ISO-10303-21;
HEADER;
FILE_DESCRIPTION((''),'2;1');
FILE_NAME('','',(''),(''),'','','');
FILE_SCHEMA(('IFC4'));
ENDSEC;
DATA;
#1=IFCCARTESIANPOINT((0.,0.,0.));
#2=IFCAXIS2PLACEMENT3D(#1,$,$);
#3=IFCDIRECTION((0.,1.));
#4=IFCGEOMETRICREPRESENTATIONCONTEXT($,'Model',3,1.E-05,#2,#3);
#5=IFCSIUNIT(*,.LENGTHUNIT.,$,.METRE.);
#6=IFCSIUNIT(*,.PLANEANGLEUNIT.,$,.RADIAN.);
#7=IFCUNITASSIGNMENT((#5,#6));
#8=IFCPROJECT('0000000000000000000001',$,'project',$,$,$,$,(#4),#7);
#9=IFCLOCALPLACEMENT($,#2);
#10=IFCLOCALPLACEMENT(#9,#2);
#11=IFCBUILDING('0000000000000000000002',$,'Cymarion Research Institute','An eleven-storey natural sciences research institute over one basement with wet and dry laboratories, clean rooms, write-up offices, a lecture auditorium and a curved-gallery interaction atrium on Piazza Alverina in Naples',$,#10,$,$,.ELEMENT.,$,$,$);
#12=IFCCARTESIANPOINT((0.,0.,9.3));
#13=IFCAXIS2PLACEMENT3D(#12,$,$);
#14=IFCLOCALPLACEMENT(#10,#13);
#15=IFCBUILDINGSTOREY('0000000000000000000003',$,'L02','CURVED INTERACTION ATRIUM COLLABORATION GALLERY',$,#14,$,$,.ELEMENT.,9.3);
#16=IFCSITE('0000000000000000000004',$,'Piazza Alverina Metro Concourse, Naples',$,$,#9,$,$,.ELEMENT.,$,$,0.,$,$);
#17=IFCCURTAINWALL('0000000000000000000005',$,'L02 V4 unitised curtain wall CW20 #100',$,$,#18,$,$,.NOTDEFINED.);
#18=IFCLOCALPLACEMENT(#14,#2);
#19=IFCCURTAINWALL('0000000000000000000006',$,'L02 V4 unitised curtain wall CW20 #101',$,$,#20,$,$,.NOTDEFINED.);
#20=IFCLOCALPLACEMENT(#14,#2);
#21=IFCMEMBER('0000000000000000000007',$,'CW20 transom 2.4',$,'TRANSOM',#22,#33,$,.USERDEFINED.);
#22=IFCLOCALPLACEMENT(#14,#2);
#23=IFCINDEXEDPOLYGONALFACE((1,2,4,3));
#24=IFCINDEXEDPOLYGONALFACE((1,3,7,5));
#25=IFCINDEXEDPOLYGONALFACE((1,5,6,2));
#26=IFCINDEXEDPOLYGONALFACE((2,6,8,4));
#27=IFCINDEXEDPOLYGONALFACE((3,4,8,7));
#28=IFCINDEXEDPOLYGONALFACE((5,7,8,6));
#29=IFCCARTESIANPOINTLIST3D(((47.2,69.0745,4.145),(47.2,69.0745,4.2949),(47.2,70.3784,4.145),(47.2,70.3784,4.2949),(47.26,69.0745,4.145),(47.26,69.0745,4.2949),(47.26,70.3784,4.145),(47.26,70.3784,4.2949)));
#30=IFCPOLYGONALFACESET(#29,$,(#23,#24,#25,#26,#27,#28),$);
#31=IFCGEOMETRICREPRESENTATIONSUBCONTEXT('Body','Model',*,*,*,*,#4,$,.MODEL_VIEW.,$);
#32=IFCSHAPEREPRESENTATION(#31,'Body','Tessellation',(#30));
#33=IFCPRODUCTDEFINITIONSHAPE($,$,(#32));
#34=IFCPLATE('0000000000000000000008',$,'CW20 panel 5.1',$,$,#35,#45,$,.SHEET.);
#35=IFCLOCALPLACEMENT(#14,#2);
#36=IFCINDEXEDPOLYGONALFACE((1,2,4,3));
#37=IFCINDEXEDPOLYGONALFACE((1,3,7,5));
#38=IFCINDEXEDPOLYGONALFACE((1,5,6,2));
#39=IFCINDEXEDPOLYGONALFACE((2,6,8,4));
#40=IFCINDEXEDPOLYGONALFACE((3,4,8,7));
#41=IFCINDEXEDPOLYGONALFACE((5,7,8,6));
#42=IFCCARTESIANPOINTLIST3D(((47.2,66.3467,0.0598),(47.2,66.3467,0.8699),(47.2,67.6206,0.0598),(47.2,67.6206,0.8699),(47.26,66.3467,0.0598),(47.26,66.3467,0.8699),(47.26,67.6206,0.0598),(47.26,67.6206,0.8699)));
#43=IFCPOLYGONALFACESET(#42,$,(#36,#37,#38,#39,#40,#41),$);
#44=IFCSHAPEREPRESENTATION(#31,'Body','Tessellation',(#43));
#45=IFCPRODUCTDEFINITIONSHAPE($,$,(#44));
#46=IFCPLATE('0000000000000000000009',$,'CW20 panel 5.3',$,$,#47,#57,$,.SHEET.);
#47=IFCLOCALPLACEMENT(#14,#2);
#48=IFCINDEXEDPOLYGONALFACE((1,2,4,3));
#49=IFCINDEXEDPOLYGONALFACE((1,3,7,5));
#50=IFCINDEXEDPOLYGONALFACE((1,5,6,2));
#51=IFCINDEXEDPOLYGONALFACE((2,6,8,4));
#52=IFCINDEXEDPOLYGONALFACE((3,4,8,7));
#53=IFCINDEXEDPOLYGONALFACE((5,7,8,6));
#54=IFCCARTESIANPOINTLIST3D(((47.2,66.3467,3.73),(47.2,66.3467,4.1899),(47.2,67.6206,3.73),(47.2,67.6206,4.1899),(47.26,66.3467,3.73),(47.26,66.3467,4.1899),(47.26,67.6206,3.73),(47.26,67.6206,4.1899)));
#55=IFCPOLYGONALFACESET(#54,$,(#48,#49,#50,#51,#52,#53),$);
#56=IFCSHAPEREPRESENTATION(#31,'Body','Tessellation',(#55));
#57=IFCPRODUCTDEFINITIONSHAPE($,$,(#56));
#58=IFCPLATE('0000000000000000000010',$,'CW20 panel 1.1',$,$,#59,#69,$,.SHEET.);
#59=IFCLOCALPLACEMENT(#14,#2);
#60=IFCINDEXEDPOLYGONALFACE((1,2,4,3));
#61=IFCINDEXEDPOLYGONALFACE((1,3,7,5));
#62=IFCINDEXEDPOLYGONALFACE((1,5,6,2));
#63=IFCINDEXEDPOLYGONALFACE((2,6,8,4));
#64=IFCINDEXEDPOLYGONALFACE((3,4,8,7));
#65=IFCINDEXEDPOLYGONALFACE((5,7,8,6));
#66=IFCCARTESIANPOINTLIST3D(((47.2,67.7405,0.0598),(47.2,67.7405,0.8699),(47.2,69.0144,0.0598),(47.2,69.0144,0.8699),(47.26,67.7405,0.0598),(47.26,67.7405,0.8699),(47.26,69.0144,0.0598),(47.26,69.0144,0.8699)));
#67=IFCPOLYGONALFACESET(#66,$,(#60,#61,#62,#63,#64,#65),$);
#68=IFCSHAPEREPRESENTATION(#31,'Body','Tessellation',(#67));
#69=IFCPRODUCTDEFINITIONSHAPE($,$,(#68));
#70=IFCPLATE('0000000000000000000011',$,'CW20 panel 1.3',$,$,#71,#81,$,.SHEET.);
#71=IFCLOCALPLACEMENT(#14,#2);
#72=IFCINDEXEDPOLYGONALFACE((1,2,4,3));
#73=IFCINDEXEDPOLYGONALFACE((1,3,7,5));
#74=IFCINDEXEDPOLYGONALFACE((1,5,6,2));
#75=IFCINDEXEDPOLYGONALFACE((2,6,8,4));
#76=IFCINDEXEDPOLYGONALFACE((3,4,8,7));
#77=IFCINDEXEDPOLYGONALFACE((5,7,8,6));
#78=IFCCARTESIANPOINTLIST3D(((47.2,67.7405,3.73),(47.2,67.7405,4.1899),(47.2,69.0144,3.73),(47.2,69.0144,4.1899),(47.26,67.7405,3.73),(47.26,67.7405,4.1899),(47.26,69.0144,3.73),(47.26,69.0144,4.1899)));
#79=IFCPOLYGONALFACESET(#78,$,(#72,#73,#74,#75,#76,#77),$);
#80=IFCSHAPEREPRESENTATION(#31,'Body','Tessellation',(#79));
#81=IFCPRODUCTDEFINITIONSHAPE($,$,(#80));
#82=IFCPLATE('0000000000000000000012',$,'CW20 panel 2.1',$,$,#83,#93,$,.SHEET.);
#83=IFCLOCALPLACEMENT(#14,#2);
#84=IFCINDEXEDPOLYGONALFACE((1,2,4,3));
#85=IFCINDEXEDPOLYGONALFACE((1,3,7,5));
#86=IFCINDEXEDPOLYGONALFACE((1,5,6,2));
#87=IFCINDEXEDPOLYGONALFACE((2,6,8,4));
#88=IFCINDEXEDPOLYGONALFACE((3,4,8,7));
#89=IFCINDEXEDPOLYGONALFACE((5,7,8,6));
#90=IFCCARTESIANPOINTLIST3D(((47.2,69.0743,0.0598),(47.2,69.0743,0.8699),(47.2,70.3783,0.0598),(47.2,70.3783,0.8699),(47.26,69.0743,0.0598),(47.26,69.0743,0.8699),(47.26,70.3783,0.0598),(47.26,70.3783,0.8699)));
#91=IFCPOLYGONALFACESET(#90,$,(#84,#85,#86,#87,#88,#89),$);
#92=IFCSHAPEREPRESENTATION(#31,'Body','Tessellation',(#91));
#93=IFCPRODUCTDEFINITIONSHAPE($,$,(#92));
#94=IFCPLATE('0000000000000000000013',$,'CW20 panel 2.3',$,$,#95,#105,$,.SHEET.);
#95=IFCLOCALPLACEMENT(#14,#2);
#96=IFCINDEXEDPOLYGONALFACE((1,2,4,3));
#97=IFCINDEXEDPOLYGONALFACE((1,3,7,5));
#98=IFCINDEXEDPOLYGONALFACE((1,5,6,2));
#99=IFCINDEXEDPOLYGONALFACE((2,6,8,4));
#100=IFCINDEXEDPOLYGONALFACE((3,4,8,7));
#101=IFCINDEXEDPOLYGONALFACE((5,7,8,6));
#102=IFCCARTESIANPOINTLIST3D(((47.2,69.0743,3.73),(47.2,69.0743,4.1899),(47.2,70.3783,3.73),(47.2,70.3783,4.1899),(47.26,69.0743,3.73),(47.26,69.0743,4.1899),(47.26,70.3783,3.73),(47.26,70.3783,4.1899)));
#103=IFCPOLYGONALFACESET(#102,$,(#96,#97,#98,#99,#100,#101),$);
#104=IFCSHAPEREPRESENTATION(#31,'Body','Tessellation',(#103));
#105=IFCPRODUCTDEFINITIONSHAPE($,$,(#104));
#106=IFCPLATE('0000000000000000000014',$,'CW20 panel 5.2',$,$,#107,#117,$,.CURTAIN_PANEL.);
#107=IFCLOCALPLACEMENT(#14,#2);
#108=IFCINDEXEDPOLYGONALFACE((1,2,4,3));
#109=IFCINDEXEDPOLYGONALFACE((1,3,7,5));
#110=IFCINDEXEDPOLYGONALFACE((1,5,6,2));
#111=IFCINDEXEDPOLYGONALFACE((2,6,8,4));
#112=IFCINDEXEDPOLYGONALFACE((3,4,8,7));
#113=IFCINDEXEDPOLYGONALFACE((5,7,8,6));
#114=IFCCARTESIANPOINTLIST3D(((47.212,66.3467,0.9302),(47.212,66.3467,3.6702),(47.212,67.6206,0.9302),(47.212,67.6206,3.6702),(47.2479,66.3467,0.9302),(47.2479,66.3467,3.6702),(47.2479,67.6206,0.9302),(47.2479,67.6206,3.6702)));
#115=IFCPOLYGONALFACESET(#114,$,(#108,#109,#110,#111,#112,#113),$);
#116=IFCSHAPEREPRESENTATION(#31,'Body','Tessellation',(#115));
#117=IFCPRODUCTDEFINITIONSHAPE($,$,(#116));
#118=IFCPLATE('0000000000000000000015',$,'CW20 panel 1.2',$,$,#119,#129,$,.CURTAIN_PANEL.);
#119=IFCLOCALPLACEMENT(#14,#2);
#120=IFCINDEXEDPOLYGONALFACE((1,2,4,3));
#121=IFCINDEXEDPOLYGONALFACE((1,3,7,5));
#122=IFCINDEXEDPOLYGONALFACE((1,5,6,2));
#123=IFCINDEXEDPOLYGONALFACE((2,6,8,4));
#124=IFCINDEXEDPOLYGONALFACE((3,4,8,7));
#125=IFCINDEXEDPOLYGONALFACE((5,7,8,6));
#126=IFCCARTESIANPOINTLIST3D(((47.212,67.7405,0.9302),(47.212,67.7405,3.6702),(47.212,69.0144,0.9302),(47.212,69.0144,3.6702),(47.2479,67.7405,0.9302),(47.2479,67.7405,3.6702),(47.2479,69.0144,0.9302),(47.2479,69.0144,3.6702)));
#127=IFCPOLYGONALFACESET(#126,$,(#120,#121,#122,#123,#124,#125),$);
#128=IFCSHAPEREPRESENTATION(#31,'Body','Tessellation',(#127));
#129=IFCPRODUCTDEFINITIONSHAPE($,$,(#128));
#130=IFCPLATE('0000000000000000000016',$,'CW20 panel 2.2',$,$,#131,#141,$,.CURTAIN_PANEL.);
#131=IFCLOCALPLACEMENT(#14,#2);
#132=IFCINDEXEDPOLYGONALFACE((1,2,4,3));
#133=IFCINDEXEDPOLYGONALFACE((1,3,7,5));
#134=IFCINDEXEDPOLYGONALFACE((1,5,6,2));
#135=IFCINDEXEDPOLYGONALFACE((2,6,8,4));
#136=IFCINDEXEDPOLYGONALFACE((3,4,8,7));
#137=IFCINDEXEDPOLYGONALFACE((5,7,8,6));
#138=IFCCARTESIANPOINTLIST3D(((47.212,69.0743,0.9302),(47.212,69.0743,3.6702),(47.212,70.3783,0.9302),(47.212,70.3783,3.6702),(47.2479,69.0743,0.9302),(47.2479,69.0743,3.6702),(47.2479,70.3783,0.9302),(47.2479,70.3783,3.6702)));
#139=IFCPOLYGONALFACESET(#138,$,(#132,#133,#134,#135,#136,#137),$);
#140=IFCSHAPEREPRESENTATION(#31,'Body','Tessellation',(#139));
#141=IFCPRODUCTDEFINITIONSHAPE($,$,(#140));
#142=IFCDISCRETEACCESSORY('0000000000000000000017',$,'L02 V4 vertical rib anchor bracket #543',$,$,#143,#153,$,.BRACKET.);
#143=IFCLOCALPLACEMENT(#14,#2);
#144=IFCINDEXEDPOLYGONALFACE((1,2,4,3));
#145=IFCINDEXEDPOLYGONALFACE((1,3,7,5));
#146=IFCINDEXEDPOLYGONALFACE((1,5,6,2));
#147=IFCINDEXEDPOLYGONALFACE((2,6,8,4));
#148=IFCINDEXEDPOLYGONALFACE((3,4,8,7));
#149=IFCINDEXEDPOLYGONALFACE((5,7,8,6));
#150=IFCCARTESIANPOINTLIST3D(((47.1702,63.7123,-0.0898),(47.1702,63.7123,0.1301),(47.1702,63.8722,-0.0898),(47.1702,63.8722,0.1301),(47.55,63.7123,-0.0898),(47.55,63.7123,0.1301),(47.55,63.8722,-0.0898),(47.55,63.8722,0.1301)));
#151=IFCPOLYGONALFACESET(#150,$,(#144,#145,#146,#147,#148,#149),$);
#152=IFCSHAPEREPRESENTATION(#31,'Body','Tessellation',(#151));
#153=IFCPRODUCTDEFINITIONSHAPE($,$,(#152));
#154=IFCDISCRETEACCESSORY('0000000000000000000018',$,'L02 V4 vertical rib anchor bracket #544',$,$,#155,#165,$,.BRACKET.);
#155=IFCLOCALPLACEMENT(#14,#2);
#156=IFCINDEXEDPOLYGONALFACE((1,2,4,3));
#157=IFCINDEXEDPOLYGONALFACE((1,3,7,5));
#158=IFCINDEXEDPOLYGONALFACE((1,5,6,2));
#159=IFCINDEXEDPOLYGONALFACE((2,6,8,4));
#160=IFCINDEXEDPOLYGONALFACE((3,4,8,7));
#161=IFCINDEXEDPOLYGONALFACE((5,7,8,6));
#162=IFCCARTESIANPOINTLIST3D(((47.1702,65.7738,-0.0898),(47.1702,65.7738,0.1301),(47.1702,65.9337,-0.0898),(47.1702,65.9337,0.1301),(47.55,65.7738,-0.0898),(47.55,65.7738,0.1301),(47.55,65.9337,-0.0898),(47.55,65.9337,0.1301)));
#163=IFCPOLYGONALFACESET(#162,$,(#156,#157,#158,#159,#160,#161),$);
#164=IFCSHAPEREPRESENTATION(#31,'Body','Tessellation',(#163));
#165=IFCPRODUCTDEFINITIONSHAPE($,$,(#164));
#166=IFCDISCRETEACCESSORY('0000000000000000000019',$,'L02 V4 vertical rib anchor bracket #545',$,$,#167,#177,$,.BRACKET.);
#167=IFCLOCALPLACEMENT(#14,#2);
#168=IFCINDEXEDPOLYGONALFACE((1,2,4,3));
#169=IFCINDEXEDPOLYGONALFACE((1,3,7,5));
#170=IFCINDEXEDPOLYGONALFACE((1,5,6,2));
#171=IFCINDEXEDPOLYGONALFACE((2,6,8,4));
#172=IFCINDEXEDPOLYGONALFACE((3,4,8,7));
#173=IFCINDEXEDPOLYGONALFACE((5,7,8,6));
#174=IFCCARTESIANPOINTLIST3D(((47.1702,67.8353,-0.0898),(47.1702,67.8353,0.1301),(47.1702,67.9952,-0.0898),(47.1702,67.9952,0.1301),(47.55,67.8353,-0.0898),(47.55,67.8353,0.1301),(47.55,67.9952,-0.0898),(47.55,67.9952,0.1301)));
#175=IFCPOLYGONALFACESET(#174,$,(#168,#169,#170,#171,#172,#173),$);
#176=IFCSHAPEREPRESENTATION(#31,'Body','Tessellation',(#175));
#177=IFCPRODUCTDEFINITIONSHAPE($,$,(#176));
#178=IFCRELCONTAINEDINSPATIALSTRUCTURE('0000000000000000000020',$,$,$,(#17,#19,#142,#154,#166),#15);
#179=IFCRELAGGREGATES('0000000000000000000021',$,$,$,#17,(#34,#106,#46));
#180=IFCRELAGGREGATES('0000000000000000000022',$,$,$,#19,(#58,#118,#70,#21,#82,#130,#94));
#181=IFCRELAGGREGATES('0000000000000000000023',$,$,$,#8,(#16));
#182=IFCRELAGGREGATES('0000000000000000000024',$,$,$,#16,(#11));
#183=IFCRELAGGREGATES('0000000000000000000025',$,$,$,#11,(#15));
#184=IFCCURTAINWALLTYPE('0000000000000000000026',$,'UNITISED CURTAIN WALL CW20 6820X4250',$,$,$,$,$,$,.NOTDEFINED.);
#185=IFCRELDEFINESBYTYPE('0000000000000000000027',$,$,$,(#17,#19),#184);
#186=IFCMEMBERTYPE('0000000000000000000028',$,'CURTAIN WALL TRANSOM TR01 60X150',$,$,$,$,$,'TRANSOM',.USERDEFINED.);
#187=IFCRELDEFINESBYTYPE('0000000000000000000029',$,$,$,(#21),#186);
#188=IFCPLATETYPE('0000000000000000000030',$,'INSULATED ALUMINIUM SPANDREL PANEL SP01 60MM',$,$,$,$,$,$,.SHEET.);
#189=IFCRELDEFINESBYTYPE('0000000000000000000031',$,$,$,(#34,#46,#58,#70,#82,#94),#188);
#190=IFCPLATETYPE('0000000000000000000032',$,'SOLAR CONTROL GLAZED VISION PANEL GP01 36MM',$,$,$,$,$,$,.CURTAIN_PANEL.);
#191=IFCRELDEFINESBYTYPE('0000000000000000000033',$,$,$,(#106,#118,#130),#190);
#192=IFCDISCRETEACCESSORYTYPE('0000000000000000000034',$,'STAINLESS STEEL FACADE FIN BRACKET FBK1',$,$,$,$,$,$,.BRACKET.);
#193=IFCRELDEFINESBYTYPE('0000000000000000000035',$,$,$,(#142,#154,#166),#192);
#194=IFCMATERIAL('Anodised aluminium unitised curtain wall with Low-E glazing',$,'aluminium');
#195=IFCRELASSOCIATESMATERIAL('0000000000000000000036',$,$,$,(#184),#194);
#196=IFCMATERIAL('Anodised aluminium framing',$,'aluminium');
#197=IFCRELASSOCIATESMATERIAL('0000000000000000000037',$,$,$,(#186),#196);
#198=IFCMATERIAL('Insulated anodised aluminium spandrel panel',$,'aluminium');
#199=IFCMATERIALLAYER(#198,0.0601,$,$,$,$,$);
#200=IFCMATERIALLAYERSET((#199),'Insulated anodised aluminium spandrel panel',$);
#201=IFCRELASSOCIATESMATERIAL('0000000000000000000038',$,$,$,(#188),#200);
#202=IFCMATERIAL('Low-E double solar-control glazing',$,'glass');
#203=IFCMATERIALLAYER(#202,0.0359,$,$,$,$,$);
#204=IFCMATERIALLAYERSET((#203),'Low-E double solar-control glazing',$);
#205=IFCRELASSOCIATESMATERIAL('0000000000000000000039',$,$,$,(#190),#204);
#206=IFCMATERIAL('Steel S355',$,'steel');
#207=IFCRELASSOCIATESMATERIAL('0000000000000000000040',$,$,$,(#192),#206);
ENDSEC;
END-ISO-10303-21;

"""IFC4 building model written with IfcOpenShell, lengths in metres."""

from ifc_helpers import new_model, si_unit, direction, frame, origin, origin_2d, place, context, subcontext, project, spatial, rectangle, extrude, material, layer, layer_set, material_profile, profile_set, type_object, element, aggregate, save


model = new_model("IFC4")

# Units and contexts
model_context = context("Model", 3, precision=1e-05, world=origin(), true_north=direction((0.0, 1.0)))
body_context = subcontext(model_context, "Body", "Model", "MODEL_VIEW")
ifc_project = project(units=[si_unit("LENGTHUNIT", "METRE"), si_unit("PLANEANGLEUNIT", "RADIAN")], contexts=[model_context])

# Site, building, storey
site_placement = place(None, origin())
site = spatial("IfcSite", under=ifc_project, at=site_placement, Name="Piazza Alverina Metro Concourse, Naples", CompositionType="ELEMENT", RefElevation=0.0)
building_placement = place(site_placement, origin())
building = spatial("IfcBuilding", under=site, at=building_placement, Name="Cymarion Research Institute", Description="An eleven-storey natural sciences research institute over one basement with wet and dry laboratories, clean rooms, write-up offices, a lecture auditorium and a curved-gallery interaction atrium on Piazza Alverina in Naples", CompositionType="ELEMENT")
storey_placement = place(building_placement, frame((0.0, 0.0, 9.3)))
storey = spatial("IfcBuildingStorey", under=building, at=storey_placement, Name="L02", Description="CURVED INTERACTION ATRIUM COLLABORATION GALLERY", CompositionType="ELEMENT", Elevation=9.3)

# Curtain walls
ifc_material_1 = material(Name="Anodised aluminium unitised curtain wall with Low-E glazing", Category="aluminium")
curtain_wall_type = type_object("IfcCurtainWallType", Name="UNITISED CURTAIN WALL CW20 6820X4250", PredefinedType="NOTDEFINED", material=ifc_material_1)
curtain_wall_1_placement = place(storey_placement, origin())
curtain_wall_1 = element("IfcCurtainWall", 1, at=curtain_wall_1_placement, inside=storey, type_object=curtain_wall_type, Name="L02 V4 unitised curtain wall CW20 #100", PredefinedType="NOTDEFINED")
ifc_material_2 = material(Name="Anodised aluminium framing", Category="aluminium")
curtain_wall_2_placement = place(storey_placement, origin())
curtain_wall_2 = element("IfcCurtainWall", 2, at=curtain_wall_2_placement, inside=storey, type_object=curtain_wall_type, Name="L02 V4 unitised curtain wall CW20 #101", PredefinedType="NOTDEFINED")

# Member
ifc_material_profile_1 = material_profile(ifc_material_2, rectangle(XDim=0.0601, YDim=0.1499, at=origin_2d()), Name="ALU TRANSOM 60x150")
ifc_profile_set_1 = profile_set([ifc_material_profile_1], Name="Anodised aluminium framing")
member_type_1 = type_object("IfcMemberType", Name="CURTAIN WALL TRANSOM TR01 60X150", ElementType="TRANSOM", PredefinedType="USERDEFINED", material=ifc_profile_set_1)
member_1_placement = place(storey_placement, frame((47.23, 69.0745, 4.22), z_axis=(0.0, 1.0, 0.0), x_axis=(-1.0, 0.0, 0.0)))
member_1 = element("IfcMember", 3, at=member_1_placement, type_object=member_type_1, Name="CW20 transom 2.4", ObjectType="TRANSOM", PredefinedType="USERDEFINED", context=body_context, shape_type="SweptSolid", body=[
    extrude(rectangle(XDim=0.0601, YDim=0.1499, at=origin_2d()), origin(), (0.0, 0.0, 1.0), 1.304),
])

# Plates
ifc_material_3 = material(Name="Insulated anodised aluminium spandrel panel", Category="aluminium")
ifc_layer_1 = layer(ifc_material_3, 0.0601)
ifc_layer_set_1 = layer_set([ifc_layer_1], Name="Insulated anodised aluminium spandrel panel")
plate_type_1 = type_object("IfcPlateType", Name="INSULATED ALUMINIUM SPANDREL PANEL SP01 60MM", PredefinedType="SHEET", material=ifc_layer_set_1)
plate_1_placement = place(storey_placement, frame((47.23, 66.9836, 0.0598), z_axis=(0.0, 0.0, 1.0), x_axis=(0.0, 1.0, 0.0)))
plate_1 = element("IfcPlate", 4, at=plate_1_placement, type_object=plate_type_1, Name="CW20 panel 5.1", PredefinedType="SHEET", context=body_context, shape_type="SweptSolid", body=[
    extrude(rectangle(XDim=1.2739, YDim=0.0601, at=origin_2d()), origin(), (0.0, 0.0, 1.0), 0.8101),
])
plate_2_placement = place(storey_placement, frame((47.23, 66.9836, 3.73), z_axis=(0.0, 0.0, 1.0), x_axis=(0.0, 1.0, 0.0)))
plate_2 = element("IfcPlate", 5, at=plate_2_placement, type_object=plate_type_1, Name="CW20 panel 5.3", PredefinedType="SHEET", context=body_context, shape_type="SweptSolid", body=[
    extrude(rectangle(XDim=1.2739, YDim=0.0601, at=origin_2d()), origin(), (0.0, 0.0, 1.0), 0.46),
])
plate_3_placement = place(storey_placement, frame((47.23, 68.3774, 0.0598), z_axis=(0.0, 0.0, 1.0), x_axis=(0.0, 1.0, 0.0)))
plate_3 = element("IfcPlate", 6, at=plate_3_placement, type_object=plate_type_1, Name="CW20 panel 1.1", PredefinedType="SHEET", context=body_context, shape_type="SweptSolid", body=[
    extrude(rectangle(XDim=1.2739, YDim=0.0601, at=origin_2d()), origin(), (0.0, 0.0, 1.0), 0.8101),
])
plate_4_placement = place(storey_placement, frame((47.23, 68.3774, 3.73), z_axis=(0.0, 0.0, 1.0), x_axis=(0.0, 1.0, 0.0)))
plate_4 = element("IfcPlate", 7, at=plate_4_placement, type_object=plate_type_1, Name="CW20 panel 1.3", PredefinedType="SHEET", context=body_context, shape_type="SweptSolid", body=[
    extrude(rectangle(XDim=1.2739, YDim=0.0601, at=origin_2d()), origin(), (0.0, 0.0, 1.0), 0.46),
])
plate_5_placement = place(storey_placement, frame((47.23, 69.7263, 0.0598), z_axis=(0.0, 0.0, 1.0), x_axis=(0.0, 1.0, 0.0)))
plate_5 = element("IfcPlate", 8, at=plate_5_placement, type_object=plate_type_1, Name="CW20 panel 2.1", PredefinedType="SHEET", context=body_context, shape_type="SweptSolid", body=[
    extrude(rectangle(XDim=1.304, YDim=0.0601, at=origin_2d()), origin(), (0.0, 0.0, 1.0), 0.8101),
])
plate_6_placement = place(storey_placement, frame((47.23, 69.7263, 3.73), z_axis=(0.0, 0.0, 1.0), x_axis=(0.0, 1.0, 0.0)))
plate_6 = element("IfcPlate", 9, at=plate_6_placement, type_object=plate_type_1, Name="CW20 panel 2.3", PredefinedType="SHEET", context=body_context, shape_type="SweptSolid", body=[
    extrude(rectangle(XDim=1.304, YDim=0.0601, at=origin_2d()), origin(), (0.0, 0.0, 1.0), 0.46),
])
ifc_material_4 = material(Name="Low-E double solar-control glazing", Category="glass")
ifc_layer_2 = layer(ifc_material_4, 0.0359)
ifc_layer_set_2 = layer_set([ifc_layer_2], Name="Low-E double solar-control glazing")
plate_type_2 = type_object("IfcPlateType", Name="SOLAR CONTROL GLAZED VISION PANEL GP01 36MM", PredefinedType="CURTAIN_PANEL", material=ifc_layer_set_2)
plate_7_placement = place(storey_placement, frame((47.23, 66.9836, 0.9302), z_axis=(0.0, 0.0, 1.0), x_axis=(0.0, 1.0, 0.0)))
plate_7 = element("IfcPlate", 10, at=plate_7_placement, type_object=plate_type_2, Name="CW20 panel 5.2", PredefinedType="CURTAIN_PANEL", context=body_context, shape_type="SweptSolid", body=[
    extrude(rectangle(XDim=1.2739, YDim=0.0359, at=origin_2d()), origin(), (0.0, 0.0, 1.0), 2.74),
])
aggregate(curtain_wall_1, [plate_1, plate_7, plate_2])
plate_8_placement = place(storey_placement, frame((47.23, 68.3774, 0.9302), z_axis=(0.0, 0.0, 1.0), x_axis=(0.0, 1.0, 0.0)))
plate_8 = element("IfcPlate", 11, at=plate_8_placement, type_object=plate_type_2, Name="CW20 panel 1.2", PredefinedType="CURTAIN_PANEL", context=body_context, shape_type="SweptSolid", body=[
    extrude(rectangle(XDim=1.2739, YDim=0.0359, at=origin_2d()), origin(), (0.0, 0.0, 1.0), 2.74),
])
plate_9_placement = place(storey_placement, frame((47.23, 69.7263, 0.9302), z_axis=(0.0, 0.0, 1.0), x_axis=(0.0, 1.0, 0.0)))
plate_9 = element("IfcPlate", 12, at=plate_9_placement, type_object=plate_type_2, Name="CW20 panel 2.2", PredefinedType="CURTAIN_PANEL", context=body_context, shape_type="SweptSolid", body=[
    extrude(rectangle(XDim=1.304, YDim=0.0359, at=origin_2d()), origin(), (0.0, 0.0, 1.0), 2.74),
])
aggregate(curtain_wall_2, [plate_3, plate_8, plate_4, member_1, plate_5, plate_9, plate_6])

# Discrete accessories
ifc_material_5 = material(Name="Steel S355", Category="steel")
discrete_accessory_type = type_object("IfcDiscreteAccessoryType", Name="STAINLESS STEEL FACADE FIN BRACKET FBK1", PredefinedType="BRACKET", material=ifc_material_5)
for number, where, z_axis, x_axis, name in (
    (13, (47.3601, 63.7922, -0.0898), (0.0, 0.0, 1.0), (1.0, 0.0, 0.0), "L02 V4 vertical rib anchor bracket #543"),
    (14, (47.3601, 65.8538, -0.0898), (0.0, 0.0, 1.0), (1.0, 0.0, 0.0), "L02 V4 vertical rib anchor bracket #544"),
    (15, (47.3601, 67.9153, -0.0898), (0.0, 0.0, 1.0), (1.0, 0.0, 0.0), "L02 V4 vertical rib anchor bracket #545"),
):
    element("IfcDiscreteAccessory", number, at=place(storey_placement, frame(where, z_axis=z_axis, x_axis=x_axis)), inside=storey, type_object=discrete_accessory_type, Name=name, PredefinedType="BRACKET", context=body_context, shape_type="SweptSolid", body=[
        extrude(rectangle(XDim=0.3799, YDim=0.1599, at=origin_2d()), origin(), (0.0, 0.0, 1.0), 0.22),
    ])

save(model, "model.ifc")
